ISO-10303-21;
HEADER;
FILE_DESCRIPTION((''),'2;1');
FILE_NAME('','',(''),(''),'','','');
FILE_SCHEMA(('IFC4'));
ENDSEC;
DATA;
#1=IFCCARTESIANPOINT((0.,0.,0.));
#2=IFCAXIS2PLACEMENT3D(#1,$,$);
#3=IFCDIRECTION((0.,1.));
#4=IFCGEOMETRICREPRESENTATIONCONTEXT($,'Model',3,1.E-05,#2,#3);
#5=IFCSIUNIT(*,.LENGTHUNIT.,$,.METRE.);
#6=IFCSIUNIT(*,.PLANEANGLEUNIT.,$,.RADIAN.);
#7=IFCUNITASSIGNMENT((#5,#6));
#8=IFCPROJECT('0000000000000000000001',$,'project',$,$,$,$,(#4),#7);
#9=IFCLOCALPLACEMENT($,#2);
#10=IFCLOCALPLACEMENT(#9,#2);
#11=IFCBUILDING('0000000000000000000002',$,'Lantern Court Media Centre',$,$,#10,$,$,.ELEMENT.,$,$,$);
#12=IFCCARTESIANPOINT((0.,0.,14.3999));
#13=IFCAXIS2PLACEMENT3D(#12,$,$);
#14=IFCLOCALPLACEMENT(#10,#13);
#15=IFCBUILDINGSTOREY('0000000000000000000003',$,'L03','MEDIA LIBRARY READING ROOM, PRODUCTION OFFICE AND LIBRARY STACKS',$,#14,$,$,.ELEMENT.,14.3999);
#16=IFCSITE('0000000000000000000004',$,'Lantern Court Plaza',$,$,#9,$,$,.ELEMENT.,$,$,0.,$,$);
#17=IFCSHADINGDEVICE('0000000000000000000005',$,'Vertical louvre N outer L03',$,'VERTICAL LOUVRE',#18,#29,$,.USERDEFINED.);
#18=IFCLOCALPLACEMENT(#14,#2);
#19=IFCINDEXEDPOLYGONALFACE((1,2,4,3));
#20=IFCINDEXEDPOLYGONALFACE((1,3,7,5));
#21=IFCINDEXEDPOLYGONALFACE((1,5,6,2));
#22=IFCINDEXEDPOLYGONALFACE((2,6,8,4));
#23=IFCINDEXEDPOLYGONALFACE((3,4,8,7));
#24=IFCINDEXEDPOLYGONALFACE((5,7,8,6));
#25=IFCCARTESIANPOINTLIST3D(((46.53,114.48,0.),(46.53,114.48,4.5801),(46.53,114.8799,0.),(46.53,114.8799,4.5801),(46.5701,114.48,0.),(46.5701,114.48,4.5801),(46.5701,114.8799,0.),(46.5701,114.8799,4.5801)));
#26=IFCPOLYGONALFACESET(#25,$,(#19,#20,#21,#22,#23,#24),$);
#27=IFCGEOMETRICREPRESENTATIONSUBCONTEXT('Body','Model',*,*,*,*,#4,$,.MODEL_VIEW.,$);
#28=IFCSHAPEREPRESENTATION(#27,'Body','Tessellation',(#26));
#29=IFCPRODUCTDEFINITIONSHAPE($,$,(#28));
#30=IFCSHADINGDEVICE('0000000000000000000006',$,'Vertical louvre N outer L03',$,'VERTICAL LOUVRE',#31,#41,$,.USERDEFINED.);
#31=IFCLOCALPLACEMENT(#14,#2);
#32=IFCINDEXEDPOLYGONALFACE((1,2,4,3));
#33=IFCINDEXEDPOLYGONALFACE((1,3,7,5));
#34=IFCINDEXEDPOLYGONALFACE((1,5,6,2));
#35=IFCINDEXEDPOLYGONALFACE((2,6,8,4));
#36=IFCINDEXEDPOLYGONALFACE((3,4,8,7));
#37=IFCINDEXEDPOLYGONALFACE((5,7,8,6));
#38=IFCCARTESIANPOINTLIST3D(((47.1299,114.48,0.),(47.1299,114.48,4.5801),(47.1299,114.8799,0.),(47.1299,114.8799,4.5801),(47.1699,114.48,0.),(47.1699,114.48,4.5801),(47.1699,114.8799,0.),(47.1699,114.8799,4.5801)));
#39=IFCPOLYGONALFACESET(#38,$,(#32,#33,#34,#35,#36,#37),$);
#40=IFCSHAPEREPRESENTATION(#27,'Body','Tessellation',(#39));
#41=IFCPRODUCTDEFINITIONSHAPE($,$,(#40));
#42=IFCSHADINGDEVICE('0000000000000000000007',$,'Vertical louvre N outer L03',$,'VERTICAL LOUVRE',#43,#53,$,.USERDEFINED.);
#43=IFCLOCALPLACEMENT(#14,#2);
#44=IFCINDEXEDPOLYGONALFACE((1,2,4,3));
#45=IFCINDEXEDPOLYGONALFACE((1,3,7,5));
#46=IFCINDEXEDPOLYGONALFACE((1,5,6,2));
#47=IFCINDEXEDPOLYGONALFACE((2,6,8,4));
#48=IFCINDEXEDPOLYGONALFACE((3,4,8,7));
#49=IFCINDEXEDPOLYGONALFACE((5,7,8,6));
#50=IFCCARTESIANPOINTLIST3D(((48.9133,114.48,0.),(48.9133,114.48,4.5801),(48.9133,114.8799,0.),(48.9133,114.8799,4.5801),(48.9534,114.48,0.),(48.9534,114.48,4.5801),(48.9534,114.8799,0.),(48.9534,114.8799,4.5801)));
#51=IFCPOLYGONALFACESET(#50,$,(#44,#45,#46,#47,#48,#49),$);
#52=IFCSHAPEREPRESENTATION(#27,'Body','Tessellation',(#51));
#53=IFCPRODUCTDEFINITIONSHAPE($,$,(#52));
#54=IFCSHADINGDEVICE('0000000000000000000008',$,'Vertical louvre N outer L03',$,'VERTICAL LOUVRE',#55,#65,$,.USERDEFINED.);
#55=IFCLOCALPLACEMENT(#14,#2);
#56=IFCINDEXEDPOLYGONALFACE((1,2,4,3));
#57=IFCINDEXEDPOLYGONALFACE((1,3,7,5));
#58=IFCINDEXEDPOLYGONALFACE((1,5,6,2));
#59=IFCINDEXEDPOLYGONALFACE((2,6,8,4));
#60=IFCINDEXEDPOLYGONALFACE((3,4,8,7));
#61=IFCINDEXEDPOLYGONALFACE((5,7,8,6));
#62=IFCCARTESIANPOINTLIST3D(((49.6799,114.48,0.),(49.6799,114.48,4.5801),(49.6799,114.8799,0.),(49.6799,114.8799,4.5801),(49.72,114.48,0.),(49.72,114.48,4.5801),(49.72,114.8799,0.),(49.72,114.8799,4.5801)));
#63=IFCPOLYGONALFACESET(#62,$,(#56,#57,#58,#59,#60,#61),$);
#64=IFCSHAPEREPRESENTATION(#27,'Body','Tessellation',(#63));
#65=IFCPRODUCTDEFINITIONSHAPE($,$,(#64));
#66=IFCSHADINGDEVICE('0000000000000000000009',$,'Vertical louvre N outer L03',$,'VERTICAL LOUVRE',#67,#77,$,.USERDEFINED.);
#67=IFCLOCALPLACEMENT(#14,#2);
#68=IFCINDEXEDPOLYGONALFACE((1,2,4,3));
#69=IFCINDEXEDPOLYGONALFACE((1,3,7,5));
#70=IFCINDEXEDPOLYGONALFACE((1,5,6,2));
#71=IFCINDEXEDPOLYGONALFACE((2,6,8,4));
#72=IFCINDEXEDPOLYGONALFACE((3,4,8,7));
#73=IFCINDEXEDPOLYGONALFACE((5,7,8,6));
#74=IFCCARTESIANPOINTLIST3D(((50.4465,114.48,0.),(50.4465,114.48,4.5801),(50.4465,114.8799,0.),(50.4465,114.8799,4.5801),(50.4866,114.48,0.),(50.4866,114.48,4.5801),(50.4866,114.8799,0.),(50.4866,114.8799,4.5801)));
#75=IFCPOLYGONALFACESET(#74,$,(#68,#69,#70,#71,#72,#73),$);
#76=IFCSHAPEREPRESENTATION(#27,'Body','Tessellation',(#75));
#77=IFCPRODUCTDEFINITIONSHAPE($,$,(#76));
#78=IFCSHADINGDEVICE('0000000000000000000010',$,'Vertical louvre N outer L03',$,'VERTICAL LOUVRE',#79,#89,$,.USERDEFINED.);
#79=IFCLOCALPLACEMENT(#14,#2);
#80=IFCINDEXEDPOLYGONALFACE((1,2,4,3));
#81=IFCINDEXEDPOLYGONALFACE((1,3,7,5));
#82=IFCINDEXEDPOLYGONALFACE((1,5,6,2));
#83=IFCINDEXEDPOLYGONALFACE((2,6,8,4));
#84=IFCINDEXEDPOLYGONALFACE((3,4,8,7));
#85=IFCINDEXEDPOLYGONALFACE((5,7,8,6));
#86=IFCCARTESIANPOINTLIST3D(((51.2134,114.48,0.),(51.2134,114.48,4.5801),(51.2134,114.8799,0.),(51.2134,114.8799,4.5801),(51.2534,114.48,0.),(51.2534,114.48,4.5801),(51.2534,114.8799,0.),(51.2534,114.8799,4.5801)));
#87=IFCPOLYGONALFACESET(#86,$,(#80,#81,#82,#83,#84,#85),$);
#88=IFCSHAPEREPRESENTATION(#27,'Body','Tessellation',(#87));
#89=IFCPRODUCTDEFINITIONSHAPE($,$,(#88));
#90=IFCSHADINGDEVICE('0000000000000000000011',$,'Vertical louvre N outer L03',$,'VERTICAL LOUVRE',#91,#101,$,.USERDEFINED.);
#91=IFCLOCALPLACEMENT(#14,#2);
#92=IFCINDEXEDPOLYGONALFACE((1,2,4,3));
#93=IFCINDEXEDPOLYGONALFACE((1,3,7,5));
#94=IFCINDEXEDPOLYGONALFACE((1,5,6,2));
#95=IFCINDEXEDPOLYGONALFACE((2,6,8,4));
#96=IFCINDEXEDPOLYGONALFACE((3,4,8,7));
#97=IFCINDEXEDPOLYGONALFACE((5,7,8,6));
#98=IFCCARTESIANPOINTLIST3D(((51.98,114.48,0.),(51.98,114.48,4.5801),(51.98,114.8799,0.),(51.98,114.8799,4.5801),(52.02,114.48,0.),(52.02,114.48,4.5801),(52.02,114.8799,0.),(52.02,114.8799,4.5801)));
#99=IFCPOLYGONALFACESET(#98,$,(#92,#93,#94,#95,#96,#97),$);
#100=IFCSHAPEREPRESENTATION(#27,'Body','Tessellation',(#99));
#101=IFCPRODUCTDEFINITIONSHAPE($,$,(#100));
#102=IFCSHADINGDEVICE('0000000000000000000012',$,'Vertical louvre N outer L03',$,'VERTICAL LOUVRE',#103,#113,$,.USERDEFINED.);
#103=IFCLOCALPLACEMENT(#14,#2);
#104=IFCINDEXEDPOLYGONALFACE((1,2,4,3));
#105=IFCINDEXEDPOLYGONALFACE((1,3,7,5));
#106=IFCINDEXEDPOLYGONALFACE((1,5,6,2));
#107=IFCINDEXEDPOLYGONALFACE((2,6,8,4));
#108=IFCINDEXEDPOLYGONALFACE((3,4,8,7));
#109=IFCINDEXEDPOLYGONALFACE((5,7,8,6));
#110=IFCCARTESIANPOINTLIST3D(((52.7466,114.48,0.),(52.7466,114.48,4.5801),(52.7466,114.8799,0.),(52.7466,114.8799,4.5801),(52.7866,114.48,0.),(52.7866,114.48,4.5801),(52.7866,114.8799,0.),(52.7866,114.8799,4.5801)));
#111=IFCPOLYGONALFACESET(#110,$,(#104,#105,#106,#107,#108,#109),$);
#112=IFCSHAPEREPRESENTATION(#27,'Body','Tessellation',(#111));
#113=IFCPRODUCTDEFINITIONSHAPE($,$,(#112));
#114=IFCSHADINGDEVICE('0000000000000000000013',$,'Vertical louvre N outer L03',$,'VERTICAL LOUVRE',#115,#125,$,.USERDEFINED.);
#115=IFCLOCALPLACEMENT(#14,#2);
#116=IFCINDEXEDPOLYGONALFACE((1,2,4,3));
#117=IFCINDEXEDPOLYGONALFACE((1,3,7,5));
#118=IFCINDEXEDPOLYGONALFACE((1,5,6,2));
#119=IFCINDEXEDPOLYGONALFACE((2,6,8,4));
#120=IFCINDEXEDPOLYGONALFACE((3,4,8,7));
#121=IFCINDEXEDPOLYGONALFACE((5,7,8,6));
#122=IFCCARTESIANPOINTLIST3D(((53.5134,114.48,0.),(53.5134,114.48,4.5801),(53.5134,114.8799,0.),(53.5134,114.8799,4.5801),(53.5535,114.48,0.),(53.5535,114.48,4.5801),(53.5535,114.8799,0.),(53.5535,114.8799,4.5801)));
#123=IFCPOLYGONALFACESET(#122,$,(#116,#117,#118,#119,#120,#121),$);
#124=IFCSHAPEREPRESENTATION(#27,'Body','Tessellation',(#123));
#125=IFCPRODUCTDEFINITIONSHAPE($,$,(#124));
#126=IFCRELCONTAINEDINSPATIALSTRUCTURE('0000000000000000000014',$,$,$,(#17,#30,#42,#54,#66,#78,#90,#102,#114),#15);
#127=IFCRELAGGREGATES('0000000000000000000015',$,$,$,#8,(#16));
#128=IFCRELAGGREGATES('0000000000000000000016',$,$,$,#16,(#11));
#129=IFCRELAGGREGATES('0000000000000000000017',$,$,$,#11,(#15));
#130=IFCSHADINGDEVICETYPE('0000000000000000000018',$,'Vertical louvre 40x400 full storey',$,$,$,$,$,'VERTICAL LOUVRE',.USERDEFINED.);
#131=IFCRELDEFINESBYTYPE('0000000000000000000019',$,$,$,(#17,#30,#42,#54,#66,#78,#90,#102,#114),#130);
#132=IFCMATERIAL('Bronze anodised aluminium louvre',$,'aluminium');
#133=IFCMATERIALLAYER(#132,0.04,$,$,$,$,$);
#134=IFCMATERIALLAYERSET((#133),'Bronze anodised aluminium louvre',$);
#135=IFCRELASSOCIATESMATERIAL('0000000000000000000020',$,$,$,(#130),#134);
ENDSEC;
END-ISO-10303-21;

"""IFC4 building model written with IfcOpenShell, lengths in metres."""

from ifc_helpers import new_model, si_unit, direction, frame, origin, origin_2d, place, context, subcontext, project, spatial, rectangle, extrude, material, layer, layer_set, type_object, element, save


model = new_model("IFC4")

# Units and contexts
model_context = context("Model", 3, precision=1e-05, world=origin(), true_north=direction((0.0, 1.0)))
body_context = subcontext(model_context, "Body", "Model", "MODEL_VIEW")
ifc_project = project(units=[si_unit("LENGTHUNIT", "METRE"), si_unit("PLANEANGLEUNIT", "RADIAN")], contexts=[model_context])

# Site, building, storey
site_placement = place(None, origin())
site = spatial("IfcSite", under=ifc_project, at=site_placement, Name="Lantern Court Plaza", CompositionType="ELEMENT", RefElevation=0.0)
building_placement = place(site_placement, origin())
building = spatial("IfcBuilding", under=site, at=building_placement, Name="Lantern Court Media Centre", CompositionType="ELEMENT")
storey_placement = place(building_placement, frame((0.0, 0.0, 14.3999)))
storey = spatial("IfcBuildingStorey", under=building, at=storey_placement, Name="L03", Description="MEDIA LIBRARY READING ROOM, PRODUCTION OFFICE AND LIBRARY STACKS", CompositionType="ELEMENT", Elevation=14.3999)

# Shading devices
ifc_material_1 = material(Name="Bronze anodised aluminium louvre", Category="aluminium")
ifc_layer_1 = layer(ifc_material_1, 0.04)
ifc_layer_set_1 = layer_set([ifc_layer_1], Name="Bronze anodised aluminium louvre")
shading_device_type = type_object("IfcShadingDeviceType", Name="Vertical louvre 40x400 full storey", ElementType="VERTICAL LOUVRE", PredefinedType="USERDEFINED", material=ifc_layer_set_1)
for number, where, z_axis, x_axis, name in (
    (1, (46.55, 114.6799, 0.0), (0.0, 0.0, 1.0), (1.0, 0.0, 0.0), "Vertical louvre N outer L03"),
    (2, (47.1499, 114.6799, 0.0), (0.0, 0.0, 1.0), (1.0, 0.0, 0.0), "Vertical louvre N outer L03"),
    (3, (48.9333, 114.6799, 0.0), (0.0, 0.0, 1.0), (1.0, 0.0, 0.0), "Vertical louvre N outer L03"),
    (4, (49.7, 114.6799, 0.0), (0.0, 0.0, 1.0), (1.0, 0.0, 0.0), "Vertical louvre N outer L03"),
    (5, (50.4666, 114.6799, 0.0), (0.0, 0.0, 1.0), (1.0, 0.0, 0.0), "Vertical louvre N outer L03"),
    (6, (51.2334, 114.6799, 0.0), (0.0, 0.0, 1.0), (1.0, 0.0, 0.0), "Vertical louvre N outer L03"),
    (7, (52.0, 114.6799, 0.0), (0.0, 0.0, 1.0), (1.0, 0.0, 0.0), "Vertical louvre N outer L03"),
    (8, (52.7666, 114.6799, 0.0), (0.0, 0.0, 1.0), (1.0, 0.0, 0.0), "Vertical louvre N outer L03"),
    (9, (53.5334, 114.6799, 0.0), (0.0, 0.0, 1.0), (1.0, 0.0, 0.0), "Vertical louvre N outer L03"),
):
    element("IfcShadingDevice", number, at=place(storey_placement, frame(where, z_axis=z_axis, x_axis=x_axis)), inside=storey, type_object=shading_device_type, Name=name, ObjectType="VERTICAL LOUVRE", PredefinedType="USERDEFINED", context=body_context, shape_type="SweptSolid", body=[
        extrude(rectangle(XDim=0.04, YDim=0.3999, at=origin_2d()), origin(), (0.0, 0.0, 1.0), 4.5801),
    ])

save(model, "model.ifc")
